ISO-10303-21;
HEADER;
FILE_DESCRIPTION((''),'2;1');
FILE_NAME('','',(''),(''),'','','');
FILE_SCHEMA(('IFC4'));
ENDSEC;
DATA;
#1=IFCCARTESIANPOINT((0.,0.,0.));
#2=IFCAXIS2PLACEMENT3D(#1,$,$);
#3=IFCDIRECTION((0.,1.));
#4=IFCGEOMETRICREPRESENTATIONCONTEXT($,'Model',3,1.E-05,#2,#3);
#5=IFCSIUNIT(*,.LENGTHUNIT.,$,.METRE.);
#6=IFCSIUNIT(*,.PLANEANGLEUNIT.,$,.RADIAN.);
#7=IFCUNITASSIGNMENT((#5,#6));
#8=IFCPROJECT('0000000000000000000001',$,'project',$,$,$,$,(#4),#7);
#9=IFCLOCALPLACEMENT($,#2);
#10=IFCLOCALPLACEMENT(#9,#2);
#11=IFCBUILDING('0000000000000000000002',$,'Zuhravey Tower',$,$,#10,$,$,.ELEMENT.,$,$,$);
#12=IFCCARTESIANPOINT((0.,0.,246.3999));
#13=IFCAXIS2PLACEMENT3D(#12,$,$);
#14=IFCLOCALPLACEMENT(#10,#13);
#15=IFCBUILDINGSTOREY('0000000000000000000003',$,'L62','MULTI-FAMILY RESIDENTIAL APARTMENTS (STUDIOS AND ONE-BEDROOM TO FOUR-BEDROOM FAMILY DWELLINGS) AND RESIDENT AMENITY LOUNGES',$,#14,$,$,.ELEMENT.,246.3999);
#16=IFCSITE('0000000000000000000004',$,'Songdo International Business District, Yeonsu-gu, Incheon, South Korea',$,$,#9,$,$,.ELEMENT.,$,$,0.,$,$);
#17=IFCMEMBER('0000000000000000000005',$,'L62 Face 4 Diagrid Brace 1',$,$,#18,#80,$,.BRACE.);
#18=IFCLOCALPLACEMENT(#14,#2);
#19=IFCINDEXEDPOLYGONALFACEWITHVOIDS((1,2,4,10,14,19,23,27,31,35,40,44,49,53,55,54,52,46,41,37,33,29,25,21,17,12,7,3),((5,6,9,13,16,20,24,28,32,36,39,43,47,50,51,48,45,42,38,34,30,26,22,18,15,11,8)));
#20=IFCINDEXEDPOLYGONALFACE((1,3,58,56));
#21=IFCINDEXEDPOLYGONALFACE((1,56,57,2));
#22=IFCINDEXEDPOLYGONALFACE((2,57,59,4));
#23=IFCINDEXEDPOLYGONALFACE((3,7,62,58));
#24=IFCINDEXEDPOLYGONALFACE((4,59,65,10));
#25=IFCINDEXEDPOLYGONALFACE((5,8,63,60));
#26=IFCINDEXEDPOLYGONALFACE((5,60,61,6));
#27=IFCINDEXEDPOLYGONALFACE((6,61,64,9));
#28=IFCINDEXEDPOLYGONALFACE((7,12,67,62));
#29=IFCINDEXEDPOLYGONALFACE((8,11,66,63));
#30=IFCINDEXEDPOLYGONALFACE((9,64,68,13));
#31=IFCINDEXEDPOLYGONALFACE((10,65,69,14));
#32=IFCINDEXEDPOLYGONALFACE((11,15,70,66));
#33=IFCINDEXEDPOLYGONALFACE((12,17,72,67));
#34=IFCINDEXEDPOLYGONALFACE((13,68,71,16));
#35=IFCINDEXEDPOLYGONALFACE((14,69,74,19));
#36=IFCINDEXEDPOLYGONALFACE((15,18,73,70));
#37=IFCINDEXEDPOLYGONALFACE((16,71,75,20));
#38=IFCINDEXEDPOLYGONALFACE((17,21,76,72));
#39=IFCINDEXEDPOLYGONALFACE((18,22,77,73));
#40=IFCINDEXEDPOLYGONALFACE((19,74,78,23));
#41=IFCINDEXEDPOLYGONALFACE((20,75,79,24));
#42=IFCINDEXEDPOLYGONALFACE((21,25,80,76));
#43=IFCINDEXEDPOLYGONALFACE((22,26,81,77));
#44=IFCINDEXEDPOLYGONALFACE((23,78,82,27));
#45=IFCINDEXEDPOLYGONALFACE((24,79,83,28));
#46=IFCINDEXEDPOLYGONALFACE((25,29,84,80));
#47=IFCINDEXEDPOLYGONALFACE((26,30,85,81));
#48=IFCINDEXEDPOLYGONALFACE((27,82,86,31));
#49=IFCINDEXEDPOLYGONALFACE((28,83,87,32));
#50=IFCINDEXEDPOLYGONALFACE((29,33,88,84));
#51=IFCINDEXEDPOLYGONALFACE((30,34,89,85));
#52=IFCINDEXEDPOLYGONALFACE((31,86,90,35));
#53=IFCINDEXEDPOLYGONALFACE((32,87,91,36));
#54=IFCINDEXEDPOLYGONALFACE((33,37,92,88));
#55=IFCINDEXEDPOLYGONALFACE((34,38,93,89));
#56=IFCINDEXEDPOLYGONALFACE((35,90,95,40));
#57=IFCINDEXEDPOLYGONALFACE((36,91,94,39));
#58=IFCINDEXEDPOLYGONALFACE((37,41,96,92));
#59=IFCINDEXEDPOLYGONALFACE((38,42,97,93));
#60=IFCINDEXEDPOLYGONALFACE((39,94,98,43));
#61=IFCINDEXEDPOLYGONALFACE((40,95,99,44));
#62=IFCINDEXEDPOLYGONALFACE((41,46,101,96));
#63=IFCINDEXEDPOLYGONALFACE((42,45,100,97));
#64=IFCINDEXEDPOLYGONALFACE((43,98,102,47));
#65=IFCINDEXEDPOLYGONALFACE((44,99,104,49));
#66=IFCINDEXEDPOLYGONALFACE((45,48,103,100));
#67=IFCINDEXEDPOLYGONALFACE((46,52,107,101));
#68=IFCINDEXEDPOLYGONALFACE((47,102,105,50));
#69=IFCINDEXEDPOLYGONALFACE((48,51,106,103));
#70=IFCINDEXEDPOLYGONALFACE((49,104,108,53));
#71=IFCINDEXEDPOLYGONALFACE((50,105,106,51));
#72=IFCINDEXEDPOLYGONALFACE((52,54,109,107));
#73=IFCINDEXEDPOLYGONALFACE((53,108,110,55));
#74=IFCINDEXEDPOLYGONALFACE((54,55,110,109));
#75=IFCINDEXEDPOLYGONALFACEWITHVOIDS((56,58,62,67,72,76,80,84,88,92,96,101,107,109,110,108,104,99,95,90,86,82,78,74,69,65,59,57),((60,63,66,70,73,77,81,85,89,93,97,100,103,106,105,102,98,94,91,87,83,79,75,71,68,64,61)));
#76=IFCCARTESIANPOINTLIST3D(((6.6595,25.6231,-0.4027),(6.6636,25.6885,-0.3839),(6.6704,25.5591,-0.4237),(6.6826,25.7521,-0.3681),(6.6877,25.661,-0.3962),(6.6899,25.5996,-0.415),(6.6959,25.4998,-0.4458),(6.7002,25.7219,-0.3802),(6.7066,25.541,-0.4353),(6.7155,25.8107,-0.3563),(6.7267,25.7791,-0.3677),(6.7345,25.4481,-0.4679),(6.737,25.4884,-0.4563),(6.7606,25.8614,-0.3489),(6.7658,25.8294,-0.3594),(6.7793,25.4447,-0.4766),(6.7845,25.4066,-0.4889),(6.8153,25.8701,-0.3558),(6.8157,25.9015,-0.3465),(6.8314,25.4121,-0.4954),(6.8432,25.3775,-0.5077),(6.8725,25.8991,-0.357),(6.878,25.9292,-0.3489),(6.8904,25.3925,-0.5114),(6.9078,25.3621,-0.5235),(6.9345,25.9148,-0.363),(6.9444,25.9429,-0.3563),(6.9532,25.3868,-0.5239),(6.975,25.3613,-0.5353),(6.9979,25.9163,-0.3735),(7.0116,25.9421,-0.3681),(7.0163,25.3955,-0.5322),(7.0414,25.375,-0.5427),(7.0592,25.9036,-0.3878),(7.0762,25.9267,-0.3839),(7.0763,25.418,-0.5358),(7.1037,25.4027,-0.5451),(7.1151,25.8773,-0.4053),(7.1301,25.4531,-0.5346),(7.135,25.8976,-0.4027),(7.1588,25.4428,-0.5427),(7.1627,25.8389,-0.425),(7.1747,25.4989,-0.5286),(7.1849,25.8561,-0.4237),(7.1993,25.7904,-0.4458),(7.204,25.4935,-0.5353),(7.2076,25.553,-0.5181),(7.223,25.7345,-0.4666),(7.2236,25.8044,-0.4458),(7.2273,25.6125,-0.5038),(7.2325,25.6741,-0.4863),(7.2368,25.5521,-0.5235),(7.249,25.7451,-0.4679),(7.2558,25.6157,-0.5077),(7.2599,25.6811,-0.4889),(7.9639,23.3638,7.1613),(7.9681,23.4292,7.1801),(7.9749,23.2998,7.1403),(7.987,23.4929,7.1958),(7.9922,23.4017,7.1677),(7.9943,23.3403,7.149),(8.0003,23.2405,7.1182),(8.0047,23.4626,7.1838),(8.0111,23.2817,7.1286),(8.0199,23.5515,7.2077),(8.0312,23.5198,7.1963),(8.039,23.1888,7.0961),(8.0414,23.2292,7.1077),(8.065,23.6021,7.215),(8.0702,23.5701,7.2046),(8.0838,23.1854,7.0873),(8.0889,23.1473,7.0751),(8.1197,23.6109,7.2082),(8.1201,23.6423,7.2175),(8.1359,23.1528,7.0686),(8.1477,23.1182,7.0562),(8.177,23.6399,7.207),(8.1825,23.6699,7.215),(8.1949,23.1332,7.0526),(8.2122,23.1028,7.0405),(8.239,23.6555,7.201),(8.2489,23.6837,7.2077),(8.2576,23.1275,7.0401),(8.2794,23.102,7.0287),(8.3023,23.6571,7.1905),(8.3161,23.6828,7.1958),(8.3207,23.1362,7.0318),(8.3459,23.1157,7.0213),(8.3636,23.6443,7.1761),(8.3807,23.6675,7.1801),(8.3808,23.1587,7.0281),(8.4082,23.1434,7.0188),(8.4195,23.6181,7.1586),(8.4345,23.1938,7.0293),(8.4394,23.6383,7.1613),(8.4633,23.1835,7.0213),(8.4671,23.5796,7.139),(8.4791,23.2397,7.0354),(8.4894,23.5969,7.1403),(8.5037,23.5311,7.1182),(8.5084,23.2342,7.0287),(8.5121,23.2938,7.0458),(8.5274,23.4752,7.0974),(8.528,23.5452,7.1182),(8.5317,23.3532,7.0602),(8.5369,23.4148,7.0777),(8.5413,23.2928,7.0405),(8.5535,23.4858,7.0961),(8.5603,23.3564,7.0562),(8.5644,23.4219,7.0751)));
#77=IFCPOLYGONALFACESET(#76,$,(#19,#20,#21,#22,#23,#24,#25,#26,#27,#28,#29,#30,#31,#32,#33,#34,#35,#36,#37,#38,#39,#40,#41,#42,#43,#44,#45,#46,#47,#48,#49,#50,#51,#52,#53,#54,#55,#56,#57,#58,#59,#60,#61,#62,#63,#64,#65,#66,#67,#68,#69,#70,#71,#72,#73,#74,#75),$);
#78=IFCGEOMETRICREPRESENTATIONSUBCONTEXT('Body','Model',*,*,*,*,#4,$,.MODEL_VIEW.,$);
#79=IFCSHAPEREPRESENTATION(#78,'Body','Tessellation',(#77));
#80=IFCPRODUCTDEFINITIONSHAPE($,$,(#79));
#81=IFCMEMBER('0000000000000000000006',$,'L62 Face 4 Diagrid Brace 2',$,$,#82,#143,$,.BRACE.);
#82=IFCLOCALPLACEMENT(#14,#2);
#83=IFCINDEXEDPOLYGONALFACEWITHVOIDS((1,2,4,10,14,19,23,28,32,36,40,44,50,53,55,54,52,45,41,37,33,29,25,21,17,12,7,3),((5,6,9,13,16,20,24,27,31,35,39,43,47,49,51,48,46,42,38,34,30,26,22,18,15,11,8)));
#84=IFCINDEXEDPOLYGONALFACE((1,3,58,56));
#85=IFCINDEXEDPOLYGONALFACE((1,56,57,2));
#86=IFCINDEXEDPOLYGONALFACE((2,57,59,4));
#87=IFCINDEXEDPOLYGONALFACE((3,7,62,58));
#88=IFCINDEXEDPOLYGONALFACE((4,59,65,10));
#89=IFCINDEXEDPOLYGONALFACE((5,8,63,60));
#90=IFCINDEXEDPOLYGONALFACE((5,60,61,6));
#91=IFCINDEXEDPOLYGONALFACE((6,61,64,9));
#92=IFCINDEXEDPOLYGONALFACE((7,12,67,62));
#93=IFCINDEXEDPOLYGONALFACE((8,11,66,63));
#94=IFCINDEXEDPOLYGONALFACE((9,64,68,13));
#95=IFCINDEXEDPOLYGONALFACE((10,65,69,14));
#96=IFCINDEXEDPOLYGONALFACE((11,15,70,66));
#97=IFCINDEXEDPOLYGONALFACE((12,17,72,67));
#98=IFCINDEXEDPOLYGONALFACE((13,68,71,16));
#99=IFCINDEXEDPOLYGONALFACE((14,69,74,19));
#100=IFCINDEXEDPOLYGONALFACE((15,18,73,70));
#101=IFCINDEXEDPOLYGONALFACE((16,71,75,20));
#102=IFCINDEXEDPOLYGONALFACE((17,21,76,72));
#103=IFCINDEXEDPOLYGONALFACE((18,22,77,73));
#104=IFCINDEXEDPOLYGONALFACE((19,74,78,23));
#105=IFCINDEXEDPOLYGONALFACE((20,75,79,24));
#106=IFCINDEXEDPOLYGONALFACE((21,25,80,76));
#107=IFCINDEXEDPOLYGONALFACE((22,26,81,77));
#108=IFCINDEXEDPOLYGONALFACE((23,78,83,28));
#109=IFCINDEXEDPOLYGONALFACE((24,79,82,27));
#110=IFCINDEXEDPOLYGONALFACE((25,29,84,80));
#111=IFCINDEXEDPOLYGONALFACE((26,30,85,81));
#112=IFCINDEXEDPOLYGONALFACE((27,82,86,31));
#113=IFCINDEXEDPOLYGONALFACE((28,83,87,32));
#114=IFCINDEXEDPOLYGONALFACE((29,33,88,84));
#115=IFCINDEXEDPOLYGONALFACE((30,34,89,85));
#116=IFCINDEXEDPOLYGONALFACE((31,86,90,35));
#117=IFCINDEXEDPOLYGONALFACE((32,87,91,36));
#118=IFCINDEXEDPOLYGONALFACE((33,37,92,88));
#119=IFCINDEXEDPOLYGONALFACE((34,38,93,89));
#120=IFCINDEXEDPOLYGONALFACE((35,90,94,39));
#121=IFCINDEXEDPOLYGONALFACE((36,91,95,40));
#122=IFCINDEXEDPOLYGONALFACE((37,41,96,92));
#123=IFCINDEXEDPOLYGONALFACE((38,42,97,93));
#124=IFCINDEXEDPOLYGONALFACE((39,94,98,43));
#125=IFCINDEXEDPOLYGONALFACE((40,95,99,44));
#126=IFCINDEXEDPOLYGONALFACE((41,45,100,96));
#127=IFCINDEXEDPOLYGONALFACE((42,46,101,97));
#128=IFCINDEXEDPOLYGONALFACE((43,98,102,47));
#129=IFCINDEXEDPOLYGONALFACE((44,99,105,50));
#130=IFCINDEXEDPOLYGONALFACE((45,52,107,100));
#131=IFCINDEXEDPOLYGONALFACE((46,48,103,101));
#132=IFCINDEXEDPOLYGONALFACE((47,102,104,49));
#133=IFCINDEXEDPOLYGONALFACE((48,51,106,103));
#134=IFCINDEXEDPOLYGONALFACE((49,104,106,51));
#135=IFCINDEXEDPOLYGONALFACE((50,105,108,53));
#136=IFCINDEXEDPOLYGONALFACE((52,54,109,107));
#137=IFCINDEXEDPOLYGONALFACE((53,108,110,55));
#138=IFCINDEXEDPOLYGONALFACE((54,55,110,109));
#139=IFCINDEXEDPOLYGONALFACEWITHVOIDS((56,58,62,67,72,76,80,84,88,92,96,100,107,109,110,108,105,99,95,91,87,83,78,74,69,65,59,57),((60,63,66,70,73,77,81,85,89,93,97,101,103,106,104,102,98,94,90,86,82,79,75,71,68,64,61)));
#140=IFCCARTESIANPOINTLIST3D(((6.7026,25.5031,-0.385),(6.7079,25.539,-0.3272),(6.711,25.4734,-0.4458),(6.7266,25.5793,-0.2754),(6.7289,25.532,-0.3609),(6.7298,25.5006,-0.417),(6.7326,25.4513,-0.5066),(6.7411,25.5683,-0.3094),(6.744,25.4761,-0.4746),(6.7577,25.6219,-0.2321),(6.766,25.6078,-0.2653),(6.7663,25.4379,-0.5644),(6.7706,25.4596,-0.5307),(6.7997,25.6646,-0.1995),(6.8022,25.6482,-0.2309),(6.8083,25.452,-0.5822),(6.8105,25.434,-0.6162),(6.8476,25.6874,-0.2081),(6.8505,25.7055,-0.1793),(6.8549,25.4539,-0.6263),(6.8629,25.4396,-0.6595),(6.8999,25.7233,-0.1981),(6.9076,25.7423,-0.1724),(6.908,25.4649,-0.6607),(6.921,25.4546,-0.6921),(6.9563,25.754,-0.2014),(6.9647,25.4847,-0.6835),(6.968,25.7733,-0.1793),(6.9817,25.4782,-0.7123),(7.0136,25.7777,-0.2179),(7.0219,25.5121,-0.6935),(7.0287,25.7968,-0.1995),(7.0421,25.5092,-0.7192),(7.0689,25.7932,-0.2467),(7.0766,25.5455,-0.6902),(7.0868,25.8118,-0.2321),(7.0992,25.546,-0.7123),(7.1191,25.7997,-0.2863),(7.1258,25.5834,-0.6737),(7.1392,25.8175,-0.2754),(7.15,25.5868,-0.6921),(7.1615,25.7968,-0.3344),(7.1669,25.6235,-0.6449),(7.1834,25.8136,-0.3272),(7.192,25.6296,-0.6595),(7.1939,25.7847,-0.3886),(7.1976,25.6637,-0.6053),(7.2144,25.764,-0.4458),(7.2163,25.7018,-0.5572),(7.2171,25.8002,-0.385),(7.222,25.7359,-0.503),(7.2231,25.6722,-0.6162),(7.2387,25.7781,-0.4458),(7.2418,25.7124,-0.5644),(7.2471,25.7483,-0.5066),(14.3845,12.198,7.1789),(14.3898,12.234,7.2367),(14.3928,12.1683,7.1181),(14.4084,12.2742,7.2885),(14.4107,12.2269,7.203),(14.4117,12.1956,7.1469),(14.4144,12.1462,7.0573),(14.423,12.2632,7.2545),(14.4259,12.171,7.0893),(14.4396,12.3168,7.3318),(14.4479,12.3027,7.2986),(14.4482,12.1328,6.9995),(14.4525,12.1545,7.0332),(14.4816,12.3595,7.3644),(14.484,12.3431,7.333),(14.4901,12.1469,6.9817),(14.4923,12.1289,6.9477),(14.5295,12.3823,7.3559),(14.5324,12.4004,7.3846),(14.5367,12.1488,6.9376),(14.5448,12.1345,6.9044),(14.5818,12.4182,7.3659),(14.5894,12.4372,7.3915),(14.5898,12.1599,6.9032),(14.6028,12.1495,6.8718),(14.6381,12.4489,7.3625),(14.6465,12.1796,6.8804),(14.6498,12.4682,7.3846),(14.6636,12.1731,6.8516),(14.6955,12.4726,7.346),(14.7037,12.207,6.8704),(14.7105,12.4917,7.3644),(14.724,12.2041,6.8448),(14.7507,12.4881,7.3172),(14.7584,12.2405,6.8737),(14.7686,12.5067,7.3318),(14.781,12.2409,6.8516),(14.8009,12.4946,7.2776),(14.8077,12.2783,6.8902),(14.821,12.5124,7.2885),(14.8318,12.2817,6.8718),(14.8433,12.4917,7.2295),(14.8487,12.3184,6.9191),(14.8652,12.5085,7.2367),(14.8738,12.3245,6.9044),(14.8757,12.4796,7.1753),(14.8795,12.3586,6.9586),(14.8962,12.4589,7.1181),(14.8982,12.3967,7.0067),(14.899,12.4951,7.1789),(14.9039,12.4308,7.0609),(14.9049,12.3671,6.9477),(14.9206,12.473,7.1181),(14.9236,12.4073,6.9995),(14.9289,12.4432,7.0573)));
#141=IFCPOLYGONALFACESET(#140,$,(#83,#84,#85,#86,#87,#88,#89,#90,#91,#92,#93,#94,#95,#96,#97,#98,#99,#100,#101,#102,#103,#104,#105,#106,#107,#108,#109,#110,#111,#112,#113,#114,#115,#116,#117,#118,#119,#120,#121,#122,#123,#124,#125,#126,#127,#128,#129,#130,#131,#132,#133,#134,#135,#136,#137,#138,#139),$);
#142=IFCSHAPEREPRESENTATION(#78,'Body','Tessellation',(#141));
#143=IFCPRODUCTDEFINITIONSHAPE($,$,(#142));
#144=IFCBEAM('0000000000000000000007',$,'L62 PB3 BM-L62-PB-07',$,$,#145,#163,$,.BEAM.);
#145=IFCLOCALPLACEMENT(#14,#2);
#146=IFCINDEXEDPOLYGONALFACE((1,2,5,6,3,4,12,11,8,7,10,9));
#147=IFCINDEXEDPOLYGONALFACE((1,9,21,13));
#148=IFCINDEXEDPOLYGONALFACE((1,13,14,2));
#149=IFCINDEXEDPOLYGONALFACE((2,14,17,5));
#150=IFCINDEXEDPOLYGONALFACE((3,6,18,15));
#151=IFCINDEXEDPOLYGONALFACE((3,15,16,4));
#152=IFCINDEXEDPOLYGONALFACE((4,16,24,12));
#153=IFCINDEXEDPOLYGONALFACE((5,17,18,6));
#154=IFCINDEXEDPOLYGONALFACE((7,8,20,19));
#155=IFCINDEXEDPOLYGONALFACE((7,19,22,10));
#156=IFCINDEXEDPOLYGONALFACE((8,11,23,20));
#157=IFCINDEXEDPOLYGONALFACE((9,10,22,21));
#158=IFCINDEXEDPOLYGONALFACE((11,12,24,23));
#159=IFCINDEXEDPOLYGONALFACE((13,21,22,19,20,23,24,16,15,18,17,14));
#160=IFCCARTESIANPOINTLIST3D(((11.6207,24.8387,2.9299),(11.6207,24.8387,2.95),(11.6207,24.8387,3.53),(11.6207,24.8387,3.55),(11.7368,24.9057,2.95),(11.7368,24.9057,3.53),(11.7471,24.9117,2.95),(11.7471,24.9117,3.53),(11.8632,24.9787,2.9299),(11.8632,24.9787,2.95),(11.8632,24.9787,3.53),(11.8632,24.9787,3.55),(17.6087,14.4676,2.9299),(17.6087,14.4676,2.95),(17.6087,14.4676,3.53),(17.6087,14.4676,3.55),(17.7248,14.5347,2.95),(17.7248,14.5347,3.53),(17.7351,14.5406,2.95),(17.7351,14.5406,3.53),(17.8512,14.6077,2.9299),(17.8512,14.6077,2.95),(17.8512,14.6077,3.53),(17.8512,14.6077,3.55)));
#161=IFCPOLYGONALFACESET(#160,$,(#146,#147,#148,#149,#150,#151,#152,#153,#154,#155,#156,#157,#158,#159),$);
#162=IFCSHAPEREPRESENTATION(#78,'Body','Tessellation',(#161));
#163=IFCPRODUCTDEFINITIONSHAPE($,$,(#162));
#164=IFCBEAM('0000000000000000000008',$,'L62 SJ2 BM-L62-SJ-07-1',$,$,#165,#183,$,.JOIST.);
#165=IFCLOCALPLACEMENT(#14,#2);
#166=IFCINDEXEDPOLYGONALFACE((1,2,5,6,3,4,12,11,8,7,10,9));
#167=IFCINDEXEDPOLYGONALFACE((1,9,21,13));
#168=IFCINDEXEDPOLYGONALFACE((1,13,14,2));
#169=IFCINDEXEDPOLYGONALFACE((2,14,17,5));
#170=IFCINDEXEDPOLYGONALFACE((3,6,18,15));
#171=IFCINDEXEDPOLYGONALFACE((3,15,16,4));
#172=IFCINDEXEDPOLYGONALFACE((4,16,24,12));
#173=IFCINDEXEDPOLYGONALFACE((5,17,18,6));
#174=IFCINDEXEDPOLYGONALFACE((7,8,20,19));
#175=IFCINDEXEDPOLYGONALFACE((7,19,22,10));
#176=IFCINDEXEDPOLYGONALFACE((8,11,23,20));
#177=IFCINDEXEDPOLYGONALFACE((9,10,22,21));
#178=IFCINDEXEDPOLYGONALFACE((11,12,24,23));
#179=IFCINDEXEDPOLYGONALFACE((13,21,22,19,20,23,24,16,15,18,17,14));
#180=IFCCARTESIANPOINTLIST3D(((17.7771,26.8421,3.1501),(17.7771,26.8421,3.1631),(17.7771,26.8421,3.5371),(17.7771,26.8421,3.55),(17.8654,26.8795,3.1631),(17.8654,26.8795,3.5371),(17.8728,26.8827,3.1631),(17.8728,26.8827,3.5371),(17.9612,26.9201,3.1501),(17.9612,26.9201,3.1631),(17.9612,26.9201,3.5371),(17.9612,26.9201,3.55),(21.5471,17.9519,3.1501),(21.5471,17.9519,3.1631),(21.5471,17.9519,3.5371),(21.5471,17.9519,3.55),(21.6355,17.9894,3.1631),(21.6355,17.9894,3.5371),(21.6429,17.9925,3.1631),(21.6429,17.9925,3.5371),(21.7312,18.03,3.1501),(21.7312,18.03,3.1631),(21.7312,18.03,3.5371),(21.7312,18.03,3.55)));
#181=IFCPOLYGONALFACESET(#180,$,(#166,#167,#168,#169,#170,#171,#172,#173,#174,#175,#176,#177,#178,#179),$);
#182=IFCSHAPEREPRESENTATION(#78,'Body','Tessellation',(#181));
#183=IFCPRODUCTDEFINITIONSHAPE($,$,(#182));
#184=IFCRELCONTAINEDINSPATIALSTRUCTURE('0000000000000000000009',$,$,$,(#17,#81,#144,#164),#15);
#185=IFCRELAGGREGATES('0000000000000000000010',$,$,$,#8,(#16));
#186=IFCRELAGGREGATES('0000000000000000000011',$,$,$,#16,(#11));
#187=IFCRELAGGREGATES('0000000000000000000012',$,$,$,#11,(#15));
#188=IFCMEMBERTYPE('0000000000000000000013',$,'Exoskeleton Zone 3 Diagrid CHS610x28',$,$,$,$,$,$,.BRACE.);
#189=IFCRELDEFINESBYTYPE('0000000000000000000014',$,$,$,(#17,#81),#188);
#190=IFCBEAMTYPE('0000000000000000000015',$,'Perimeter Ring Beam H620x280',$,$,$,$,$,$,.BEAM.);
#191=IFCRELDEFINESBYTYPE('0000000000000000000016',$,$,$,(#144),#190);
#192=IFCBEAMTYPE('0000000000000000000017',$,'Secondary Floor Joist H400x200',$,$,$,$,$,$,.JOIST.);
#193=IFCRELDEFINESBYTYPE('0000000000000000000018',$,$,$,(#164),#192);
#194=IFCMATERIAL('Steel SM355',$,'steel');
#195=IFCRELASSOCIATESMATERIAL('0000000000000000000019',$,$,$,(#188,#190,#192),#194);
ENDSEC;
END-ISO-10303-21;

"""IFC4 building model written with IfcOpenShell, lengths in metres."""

from ifc_helpers import new_model, si_unit, direction, frame, origin, origin_2d, place, context, subcontext, project, spatial, hollow_circle, i_section, extrude, material, material_profile, profile_set, type_object, element, save


model = new_model("IFC4")

# Units and contexts
model_context = context("Model", 3, precision=1e-05, world=origin(), true_north=direction((0.0, 1.0)))
body_context = subcontext(model_context, "Body", "Model", "MODEL_VIEW")
ifc_project = project(units=[si_unit("LENGTHUNIT", "METRE"), si_unit("PLANEANGLEUNIT", "RADIAN")], contexts=[model_context])

# Site, building, storey
site_placement = place(None, origin())
site = spatial("IfcSite", under=ifc_project, at=site_placement, Name="Songdo International Business District, Yeonsu-gu, Incheon, South Korea", CompositionType="ELEMENT", RefElevation=0.0)
building_placement = place(site_placement, origin())
building = spatial("IfcBuilding", under=site, at=building_placement, Name="Zuhravey Tower", CompositionType="ELEMENT")
storey_placement = place(building_placement, frame((0.0, 0.0, 246.3999)))
storey = spatial("IfcBuildingStorey", under=building, at=storey_placement, Name="L62", Description="MULTI-FAMILY RESIDENTIAL APARTMENTS (STUDIOS AND ONE-BEDROOM TO FOUR-BEDROOM FAMILY DWELLINGS) AND RESIDENT AMENITY LOUNGES", CompositionType="ELEMENT", Elevation=246.3999)

# Members
ifc_material_1 = material(Name="Steel SM355", Category="steel")
ifc_material_profile_1 = material_profile(ifc_material_1, hollow_circle(Radius=0.3047, WallThickness=0.0281, at=origin_2d()), Name="CHS-609.6x28")
ifc_profile_set_1 = profile_set([ifc_material_profile_1], Name="Steel SM355")
member_type_1 = type_object("IfcMemberType", Name="Exoskeleton Zone 3 Diagrid CHS610x28", PredefinedType="BRACE", material=ifc_profile_set_1)
member_1_placement = place(storey_placement, frame((6.9597, 25.6521, -0.4458), z_axis=(0.163031, -0.282367, 0.945352), x_axis=(0.866017, 0.500014, 0.0)))
element("IfcMember", 1, at=member_1_placement, inside=storey, type_object=member_type_1, Name="L62 Face 4 Diagrid Brace 1", PredefinedType="BRACE", context=body_context, shape_type="SweptSolid", body=[
    extrude(hollow_circle(Radius=0.3047, WallThickness=0.0281, at=origin_2d()), origin(), (0.0, 0.0, 1.0), 8.0012),
])
member_2_placement = place(storey_placement, frame((6.9749, 25.6257, -0.4458), z_axis=(0.448587, -0.776962, 0.441701), x_axis=(0.866022, 0.500007, 0.0)))
element("IfcMember", 2, at=member_2_placement, inside=storey, type_object=member_type_1, Name="L62 Face 4 Diagrid Brace 2", PredefinedType="BRACE", context=body_context, shape_type="SweptSolid", body=[
    extrude(hollow_circle(Radius=0.3047, WallThickness=0.0281, at=origin_2d()), origin(), (0.0, 0.0, 1.0), 17.1245),
])

# Beams
ifc_material_profile_2 = material_profile(ifc_material_1, i_section(OverallWidth=0.28, OverallDepth=0.6201, WebThickness=0.012, FlangeThickness=0.02, at=origin_2d()), Name="H-620x280x12x20")
ifc_profile_set_2 = profile_set([ifc_material_profile_2], Name="Steel SM355")
beam_type_1 = type_object("IfcBeamType", Name="Perimeter Ring Beam H620x280", PredefinedType="BEAM", material=ifc_profile_set_2)
beam_1_placement = place(storey_placement, frame((11.7419, 24.9087, 3.24), z_axis=(0.500018, -0.866015, 0.0), x_axis=(0.866015, 0.500018, 0.0)))
element("IfcBeam", 3, at=beam_1_placement, inside=storey, type_object=beam_type_1, Name="L62 PB3 BM-L62-PB-07", PredefinedType="BEAM", context=body_context, shape_type="SweptSolid", body=[
    extrude(i_section(OverallWidth=0.28, OverallDepth=0.6201, WebThickness=0.012, FlangeThickness=0.02, at=origin_2d()), origin(), (0.0, 0.0, 1.0), 11.9756),
])
ifc_material_profile_3 = material_profile(ifc_material_1, i_section(OverallWidth=0.2, OverallDepth=0.3999, WebThickness=0.0081, FlangeThickness=0.0129, at=origin_2d()), Name="H-400x200x8x13")
ifc_profile_set_3 = profile_set([ifc_material_profile_3], Name="Steel SM355")
beam_type_2 = type_object("IfcBeamType", Name="Secondary Floor Joist H400x200", PredefinedType="JOIST", material=ifc_profile_set_3)
beam_2_placement = place(storey_placement, frame((17.8691, 26.8811, 3.3501), z_axis=(0.390413, -0.92064, 0.0), x_axis=(0.92064, 0.390413, 0.0)))
element("IfcBeam", 4, at=beam_2_placement, inside=storey, type_object=beam_type_2, Name="L62 SJ2 BM-L62-SJ-07-1", PredefinedType="JOIST", context=body_context, shape_type="SweptSolid", body=[
    extrude(i_section(OverallWidth=0.2, OverallDepth=0.3999, WebThickness=0.0081, FlangeThickness=0.0129, at=origin_2d()), origin(), (0.0, 0.0, 1.0), 9.6565),
])

save(model, "model.ifc")
